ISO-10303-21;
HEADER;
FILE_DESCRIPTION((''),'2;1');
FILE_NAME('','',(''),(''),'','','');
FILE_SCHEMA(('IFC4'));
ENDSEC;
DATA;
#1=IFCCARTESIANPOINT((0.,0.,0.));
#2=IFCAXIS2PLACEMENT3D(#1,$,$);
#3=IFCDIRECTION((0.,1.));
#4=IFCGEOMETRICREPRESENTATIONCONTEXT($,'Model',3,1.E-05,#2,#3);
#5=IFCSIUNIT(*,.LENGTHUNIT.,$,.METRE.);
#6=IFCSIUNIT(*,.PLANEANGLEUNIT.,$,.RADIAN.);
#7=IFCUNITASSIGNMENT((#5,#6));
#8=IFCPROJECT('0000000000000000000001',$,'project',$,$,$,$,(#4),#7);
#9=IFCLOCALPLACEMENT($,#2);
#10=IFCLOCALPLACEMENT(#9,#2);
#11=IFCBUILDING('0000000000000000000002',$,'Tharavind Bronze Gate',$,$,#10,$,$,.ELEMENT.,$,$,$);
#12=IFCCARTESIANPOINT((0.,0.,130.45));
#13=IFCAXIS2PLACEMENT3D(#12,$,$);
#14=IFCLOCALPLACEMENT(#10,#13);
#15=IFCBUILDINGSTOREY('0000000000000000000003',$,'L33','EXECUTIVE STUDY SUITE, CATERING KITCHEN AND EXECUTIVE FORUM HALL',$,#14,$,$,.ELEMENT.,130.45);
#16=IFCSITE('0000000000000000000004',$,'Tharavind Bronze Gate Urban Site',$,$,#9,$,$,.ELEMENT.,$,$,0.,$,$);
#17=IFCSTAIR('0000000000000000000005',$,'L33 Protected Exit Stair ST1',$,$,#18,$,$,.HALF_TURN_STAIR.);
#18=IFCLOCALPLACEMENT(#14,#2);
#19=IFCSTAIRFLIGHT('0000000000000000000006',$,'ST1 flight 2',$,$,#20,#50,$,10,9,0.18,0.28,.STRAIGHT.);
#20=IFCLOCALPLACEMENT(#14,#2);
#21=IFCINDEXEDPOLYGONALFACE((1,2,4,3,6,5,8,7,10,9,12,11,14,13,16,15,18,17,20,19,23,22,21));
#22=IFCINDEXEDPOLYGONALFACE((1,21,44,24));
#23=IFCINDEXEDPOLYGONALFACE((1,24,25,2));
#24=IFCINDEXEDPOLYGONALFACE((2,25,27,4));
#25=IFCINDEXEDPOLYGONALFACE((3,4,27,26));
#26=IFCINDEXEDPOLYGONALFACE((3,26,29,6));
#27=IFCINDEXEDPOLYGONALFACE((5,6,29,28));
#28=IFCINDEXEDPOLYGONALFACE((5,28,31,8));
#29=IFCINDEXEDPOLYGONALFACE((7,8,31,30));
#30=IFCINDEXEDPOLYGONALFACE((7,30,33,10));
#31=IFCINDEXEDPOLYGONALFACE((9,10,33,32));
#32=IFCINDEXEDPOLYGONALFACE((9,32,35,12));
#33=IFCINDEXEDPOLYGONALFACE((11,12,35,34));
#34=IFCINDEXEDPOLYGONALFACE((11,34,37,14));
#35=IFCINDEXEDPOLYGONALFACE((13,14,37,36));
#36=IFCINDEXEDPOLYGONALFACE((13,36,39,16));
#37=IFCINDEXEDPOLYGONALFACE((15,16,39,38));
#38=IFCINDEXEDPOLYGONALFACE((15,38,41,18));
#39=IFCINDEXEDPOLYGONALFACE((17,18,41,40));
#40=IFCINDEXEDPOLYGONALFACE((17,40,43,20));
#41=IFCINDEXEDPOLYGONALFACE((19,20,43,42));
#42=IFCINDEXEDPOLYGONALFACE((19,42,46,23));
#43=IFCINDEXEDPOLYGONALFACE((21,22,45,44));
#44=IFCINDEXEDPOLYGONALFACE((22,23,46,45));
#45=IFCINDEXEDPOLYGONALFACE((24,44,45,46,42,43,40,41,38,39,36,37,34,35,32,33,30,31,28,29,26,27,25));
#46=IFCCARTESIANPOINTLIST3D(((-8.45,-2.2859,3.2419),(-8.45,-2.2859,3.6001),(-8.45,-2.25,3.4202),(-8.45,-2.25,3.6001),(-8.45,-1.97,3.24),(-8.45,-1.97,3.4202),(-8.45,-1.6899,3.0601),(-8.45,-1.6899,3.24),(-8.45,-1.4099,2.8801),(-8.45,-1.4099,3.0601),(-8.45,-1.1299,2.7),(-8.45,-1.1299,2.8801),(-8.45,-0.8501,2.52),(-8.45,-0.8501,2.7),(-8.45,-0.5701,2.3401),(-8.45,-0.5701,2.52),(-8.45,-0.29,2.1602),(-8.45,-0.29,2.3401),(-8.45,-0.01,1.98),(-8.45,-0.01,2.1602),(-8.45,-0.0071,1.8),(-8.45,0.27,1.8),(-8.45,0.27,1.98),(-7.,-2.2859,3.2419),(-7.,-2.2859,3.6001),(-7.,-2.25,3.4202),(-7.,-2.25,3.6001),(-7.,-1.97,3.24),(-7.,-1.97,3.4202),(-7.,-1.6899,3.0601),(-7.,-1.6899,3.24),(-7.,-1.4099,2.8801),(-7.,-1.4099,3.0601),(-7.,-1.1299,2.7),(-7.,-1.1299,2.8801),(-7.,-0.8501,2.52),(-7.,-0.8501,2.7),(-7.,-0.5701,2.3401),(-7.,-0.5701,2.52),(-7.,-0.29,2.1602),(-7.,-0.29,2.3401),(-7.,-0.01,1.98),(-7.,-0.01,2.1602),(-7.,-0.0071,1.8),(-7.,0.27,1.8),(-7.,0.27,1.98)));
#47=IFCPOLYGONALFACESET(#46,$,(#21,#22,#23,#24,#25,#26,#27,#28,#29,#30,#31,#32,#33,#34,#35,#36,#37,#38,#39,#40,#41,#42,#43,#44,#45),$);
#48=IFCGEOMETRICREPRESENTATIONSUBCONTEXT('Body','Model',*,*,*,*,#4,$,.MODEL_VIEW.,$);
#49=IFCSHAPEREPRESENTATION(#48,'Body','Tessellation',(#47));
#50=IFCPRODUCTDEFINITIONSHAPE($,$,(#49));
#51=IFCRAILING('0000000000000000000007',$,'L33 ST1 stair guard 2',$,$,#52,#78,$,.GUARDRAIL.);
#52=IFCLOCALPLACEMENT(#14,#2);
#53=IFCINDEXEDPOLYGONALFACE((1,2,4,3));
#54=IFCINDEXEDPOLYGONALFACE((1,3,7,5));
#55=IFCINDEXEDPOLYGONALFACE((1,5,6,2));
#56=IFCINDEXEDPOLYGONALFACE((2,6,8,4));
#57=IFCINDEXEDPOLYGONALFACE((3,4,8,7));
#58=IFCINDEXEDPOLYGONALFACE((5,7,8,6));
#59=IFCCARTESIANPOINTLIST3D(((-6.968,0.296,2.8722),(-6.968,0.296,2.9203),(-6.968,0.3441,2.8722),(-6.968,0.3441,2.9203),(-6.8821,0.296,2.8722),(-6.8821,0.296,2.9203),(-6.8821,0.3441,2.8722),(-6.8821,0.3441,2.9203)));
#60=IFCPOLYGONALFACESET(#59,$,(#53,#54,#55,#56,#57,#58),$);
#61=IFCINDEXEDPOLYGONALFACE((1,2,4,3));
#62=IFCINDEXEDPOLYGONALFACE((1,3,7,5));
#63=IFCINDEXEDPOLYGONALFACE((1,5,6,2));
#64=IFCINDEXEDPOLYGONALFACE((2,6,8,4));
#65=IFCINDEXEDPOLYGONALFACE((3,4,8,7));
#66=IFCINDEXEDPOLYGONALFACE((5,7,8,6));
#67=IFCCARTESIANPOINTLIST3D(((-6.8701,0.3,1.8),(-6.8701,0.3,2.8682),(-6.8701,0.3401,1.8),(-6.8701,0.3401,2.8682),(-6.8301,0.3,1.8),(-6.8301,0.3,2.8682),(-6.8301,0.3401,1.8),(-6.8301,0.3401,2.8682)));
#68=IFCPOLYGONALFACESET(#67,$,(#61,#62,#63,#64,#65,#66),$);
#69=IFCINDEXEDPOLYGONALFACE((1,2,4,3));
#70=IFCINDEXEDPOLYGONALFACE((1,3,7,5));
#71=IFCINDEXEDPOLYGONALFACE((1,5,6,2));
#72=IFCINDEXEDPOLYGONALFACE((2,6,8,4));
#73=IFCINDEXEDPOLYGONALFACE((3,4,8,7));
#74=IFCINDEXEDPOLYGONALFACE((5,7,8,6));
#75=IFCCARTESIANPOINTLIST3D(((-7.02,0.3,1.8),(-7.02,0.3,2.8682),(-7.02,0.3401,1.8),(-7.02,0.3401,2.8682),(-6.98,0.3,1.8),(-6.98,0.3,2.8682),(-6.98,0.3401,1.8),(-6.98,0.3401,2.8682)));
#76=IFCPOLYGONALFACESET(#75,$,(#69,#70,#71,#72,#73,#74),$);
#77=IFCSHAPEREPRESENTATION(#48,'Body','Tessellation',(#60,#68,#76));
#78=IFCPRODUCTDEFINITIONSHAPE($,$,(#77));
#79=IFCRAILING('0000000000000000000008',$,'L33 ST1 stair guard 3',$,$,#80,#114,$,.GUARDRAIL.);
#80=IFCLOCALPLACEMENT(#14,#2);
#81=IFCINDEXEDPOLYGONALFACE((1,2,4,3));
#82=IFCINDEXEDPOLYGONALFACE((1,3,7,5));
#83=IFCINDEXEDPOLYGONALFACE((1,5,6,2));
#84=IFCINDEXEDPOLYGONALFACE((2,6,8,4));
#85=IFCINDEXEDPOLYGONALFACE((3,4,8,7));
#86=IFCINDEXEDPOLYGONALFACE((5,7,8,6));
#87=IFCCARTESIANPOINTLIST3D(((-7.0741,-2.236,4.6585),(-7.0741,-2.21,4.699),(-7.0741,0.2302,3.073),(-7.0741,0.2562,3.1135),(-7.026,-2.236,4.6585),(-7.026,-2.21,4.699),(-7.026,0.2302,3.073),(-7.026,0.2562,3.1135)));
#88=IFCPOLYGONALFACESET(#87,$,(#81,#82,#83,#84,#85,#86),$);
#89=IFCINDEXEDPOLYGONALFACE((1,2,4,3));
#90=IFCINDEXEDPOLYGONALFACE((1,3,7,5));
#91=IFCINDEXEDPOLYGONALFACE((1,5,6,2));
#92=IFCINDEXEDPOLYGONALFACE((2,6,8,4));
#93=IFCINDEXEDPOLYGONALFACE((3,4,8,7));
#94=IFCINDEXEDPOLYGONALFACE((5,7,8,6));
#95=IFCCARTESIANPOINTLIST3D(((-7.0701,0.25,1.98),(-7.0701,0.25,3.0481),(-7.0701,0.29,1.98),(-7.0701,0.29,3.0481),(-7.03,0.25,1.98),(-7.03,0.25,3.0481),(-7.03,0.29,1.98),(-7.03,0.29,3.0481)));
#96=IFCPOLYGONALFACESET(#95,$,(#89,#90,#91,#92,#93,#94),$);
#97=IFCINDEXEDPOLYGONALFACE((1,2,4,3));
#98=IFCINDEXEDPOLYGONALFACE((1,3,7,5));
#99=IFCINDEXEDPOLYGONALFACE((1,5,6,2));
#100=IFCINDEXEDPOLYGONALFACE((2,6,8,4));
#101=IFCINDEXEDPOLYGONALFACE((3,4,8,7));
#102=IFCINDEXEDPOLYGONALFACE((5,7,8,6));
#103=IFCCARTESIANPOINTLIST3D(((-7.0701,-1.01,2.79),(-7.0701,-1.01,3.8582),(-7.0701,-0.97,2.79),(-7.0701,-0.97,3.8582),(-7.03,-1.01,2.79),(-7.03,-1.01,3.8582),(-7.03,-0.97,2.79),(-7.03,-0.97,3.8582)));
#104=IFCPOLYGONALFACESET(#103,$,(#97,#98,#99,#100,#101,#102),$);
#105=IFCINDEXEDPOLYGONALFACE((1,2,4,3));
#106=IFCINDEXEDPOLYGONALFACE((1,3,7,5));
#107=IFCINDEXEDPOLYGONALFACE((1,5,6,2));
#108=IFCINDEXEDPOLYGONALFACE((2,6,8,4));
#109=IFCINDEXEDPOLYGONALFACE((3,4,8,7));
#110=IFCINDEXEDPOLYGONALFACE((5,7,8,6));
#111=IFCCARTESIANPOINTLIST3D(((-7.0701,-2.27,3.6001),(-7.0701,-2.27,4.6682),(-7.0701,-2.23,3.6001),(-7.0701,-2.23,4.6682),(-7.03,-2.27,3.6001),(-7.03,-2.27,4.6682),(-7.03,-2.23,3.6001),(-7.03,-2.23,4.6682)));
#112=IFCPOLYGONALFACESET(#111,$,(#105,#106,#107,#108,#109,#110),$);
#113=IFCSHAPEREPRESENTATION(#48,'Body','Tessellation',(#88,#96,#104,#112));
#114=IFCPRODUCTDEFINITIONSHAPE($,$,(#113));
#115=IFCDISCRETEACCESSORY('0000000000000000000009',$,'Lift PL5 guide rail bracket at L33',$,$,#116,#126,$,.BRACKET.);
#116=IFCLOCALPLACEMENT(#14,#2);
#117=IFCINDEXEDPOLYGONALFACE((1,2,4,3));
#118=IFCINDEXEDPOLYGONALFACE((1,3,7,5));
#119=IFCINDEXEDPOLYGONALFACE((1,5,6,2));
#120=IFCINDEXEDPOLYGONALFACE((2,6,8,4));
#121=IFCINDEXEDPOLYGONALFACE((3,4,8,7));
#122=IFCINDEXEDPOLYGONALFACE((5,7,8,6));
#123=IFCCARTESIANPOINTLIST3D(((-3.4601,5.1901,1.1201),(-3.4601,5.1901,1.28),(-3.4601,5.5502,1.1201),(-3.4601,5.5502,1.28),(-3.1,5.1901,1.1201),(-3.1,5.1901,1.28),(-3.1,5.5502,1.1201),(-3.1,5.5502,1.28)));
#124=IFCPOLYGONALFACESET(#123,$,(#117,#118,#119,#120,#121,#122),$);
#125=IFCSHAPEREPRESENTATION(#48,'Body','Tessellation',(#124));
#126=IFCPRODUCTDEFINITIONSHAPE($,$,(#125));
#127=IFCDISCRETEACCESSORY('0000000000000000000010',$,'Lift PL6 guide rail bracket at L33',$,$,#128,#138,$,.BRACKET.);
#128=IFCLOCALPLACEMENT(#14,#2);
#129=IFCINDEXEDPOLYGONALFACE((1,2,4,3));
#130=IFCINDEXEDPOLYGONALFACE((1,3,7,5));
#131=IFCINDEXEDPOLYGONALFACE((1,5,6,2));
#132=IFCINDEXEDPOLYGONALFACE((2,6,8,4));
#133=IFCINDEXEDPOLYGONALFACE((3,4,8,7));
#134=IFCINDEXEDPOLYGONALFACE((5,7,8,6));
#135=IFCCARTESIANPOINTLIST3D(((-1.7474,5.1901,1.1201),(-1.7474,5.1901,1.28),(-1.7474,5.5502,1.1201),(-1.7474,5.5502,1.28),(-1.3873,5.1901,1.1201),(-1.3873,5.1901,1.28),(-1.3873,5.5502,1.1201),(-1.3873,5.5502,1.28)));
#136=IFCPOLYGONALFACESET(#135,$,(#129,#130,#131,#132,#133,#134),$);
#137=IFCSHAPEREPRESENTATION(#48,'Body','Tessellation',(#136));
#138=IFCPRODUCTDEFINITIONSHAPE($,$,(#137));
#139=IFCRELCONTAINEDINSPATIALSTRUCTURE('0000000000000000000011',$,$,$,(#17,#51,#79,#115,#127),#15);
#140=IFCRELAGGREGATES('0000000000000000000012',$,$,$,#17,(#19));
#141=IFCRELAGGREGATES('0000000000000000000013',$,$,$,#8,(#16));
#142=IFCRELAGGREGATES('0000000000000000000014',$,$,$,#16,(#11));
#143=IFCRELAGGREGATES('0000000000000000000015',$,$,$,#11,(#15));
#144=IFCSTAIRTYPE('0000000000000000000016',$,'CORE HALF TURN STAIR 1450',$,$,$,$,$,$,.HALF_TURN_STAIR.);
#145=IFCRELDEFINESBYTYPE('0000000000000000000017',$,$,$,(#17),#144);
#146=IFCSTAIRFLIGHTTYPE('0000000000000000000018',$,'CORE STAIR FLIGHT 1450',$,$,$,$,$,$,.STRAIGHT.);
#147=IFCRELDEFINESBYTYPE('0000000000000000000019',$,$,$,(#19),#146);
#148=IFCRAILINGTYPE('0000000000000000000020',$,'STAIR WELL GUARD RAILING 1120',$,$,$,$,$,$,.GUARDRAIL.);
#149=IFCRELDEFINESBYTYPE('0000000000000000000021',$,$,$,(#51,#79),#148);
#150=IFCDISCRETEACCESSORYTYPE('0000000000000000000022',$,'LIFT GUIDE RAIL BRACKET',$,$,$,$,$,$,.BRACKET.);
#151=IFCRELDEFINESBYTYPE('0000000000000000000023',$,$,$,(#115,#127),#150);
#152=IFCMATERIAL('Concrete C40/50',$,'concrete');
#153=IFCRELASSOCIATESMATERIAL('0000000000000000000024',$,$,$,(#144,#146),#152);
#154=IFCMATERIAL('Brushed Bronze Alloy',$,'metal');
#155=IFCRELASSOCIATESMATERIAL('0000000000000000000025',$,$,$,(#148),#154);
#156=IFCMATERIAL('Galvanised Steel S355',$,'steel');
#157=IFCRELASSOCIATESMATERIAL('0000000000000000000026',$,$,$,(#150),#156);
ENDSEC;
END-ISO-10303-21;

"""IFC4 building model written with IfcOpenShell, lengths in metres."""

from ifc_helpers import new_model, si_unit, direction, frame, origin, origin_2d, place, context, subcontext, project, spatial, polyline, rectangle, outline, extrude, material, type_object, element, aggregate, save


model = new_model("IFC4")

# Units and contexts
model_context = context("Model", 3, precision=1e-05, world=origin(), true_north=direction((0.0, 1.0)))
body_context = subcontext(model_context, "Body", "Model", "MODEL_VIEW")
ifc_project = project(units=[si_unit("LENGTHUNIT", "METRE"), si_unit("PLANEANGLEUNIT", "RADIAN")], contexts=[model_context])

# Site, building, storey
site_placement = place(None, origin())
site = spatial("IfcSite", under=ifc_project, at=site_placement, Name="Tharavind Bronze Gate Urban Site", CompositionType="ELEMENT", RefElevation=0.0)
building_placement = place(site_placement, origin())
building = spatial("IfcBuilding", under=site, at=building_placement, Name="Tharavind Bronze Gate", CompositionType="ELEMENT")
storey_placement = place(building_placement, frame((0.0, 0.0, 130.45)))
storey = spatial("IfcBuildingStorey", under=building, at=storey_placement, Name="L33", Description="EXECUTIVE STUDY SUITE, CATERING KITCHEN AND EXECUTIVE FORUM HALL", CompositionType="ELEMENT", Elevation=130.45)

# Shared definitions
ifc_material_1 = material(Name="Concrete C40/50", Category="concrete")

# Stair, stair flight
stair_type = type_object("IfcStairType", Name="CORE HALF TURN STAIR 1450", PredefinedType="HALF_TURN_STAIR", material=ifc_material_1)
stair_placement = place(storey_placement, origin())
stair = element("IfcStair", 1, at=stair_placement, inside=storey, type_object=stair_type, Name="L33 Protected Exit Stair ST1", PredefinedType="HALF_TURN_STAIR")
stair_flight_type = type_object("IfcStairFlightType", Name="CORE STAIR FLIGHT 1450", PredefinedType="STRAIGHT", material=ifc_material_1)
stair_flight_placement = place(storey_placement, frame((-7.7251, 0.27, 1.8), z_axis=(0.0, 0.0, 1.0), x_axis=(0.0, -1.0, 0.0)))
stair_flight = element("IfcStairFlight", 2, at=stair_flight_placement, type_object=stair_flight_type, Name="ST1 flight 2", NumberOfRisers=10, NumberOfTreads=9, PredefinedType="STRAIGHT", RiserHeight=0.18, TreadLength=0.28, context=body_context, shape_type="SweptSolid", body=[
    extrude(outline(polyline([(0.0, 0.0), (0.0, 0.1799), (0.28, 0.1799), (0.28, 0.3601), (0.5601, 0.3601), (0.5601, 0.54), (0.8401, 0.54), (0.8401, 0.72), (1.1201, 0.72), (1.1201, 0.8999), (1.3999, 0.8999), (1.3999, 1.0801), (1.6799, 1.0801), (1.6799, 1.26), (1.96, 1.26), (1.96, 1.4399), (2.24, 1.4399), (2.24, 1.6201), (2.52, 1.6201), (2.52, 1.8), (2.5559, 1.8), (2.5559, 1.4419), (0.2771, 0.0), (0.0, 0.0)])), frame((0.0, 0.7251, 0.0), z_axis=(0.0, -1.0, 0.0), x_axis=(1.0, 0.0, 0.0)), (0.0, 0.0, 1.0), 1.45),
])
aggregate(stair, [stair_flight])

# Railings
ifc_material_2 = material(Name="Brushed Bronze Alloy", Category="metal")
railing_type = type_object("IfcRailingType", Name="STAIR WELL GUARD RAILING 1120", PredefinedType="GUARDRAIL", material=ifc_material_2)
railing_1_placement = place(storey_placement, frame((-6.8501, 0.3201, 1.8)))
element("IfcRailing", 3, at=railing_1_placement, inside=storey, type_object=railing_type, Name="L33 ST1 stair guard 2", PredefinedType="GUARDRAIL", context=body_context, shape_type="SweptSolid", body=[
    extrude(rectangle(XDim=0.0481, YDim=0.0481, at=origin_2d()), frame((-0.032, 0.0, 1.0962), z_axis=(-1.0, 0.0, 0.0), x_axis=(0.0, -1.0, 0.0)), (0.0, 0.0, 1.0), 0.0859),
    extrude(rectangle(XDim=0.04, YDim=0.04, at=origin_2d()), origin(), (0.0, 0.0, 1.0), 1.0681),
    extrude(rectangle(XDim=0.04, YDim=0.04, at=origin_2d()), frame((-0.1499, 0.0, 0.0)), (0.0, 0.0, 1.0), 1.0681),
])
railing_2_placement = place(storey_placement, frame((-7.05, 0.27, 1.98)))
element("IfcRailing", 4, at=railing_2_placement, inside=storey, type_object=railing_type, Name="L33 ST1 stair guard 3", PredefinedType="GUARDRAIL", context=body_context, shape_type="SweptSolid", body=[
    extrude(rectangle(XDim=0.0481, YDim=0.0481, at=origin_2d()), frame((0.0, -0.0269, 1.1133), z_axis=(0.0, -0.841163, 0.540782), x_axis=(1.0, 0.0, 0.0)), (0.0, 0.0, 1.0), 2.9319),
    extrude(rectangle(XDim=0.04, YDim=0.04, at=origin_2d()), origin(), (0.0, 0.0, 1.0), 1.0681),
    extrude(rectangle(XDim=0.04, YDim=0.04, at=origin_2d()), frame((0.0, -1.26, 0.8101)), (0.0, 0.0, 1.0), 1.0681),
    extrude(rectangle(XDim=0.04, YDim=0.04, at=origin_2d()), frame((0.0, -2.52, 1.6201)), (0.0, 0.0, 1.0), 1.0681),
])

# Discrete accessories
ifc_material_3 = material(Name="Galvanised Steel S355", Category="steel")
discrete_accessory_type = type_object("IfcDiscreteAccessoryType", Name="LIFT GUIDE RAIL BRACKET", PredefinedType="BRACKET", material=ifc_material_3)
for number, where, z_axis, x_axis, name in (
    (5, (-3.28, 5.3701, 1.1201), (0.0, 0.0, 1.0), (1.0, 0.0, 0.0), "Lift PL5 guide rail bracket at L33"),
    (6, (-1.5674, 5.3701, 1.1201), (0.0, 0.0, 1.0), (1.0, 0.0, 0.0), "Lift PL6 guide rail bracket at L33"),
):
    element("IfcDiscreteAccessory", number, at=place(storey_placement, frame(where, z_axis=z_axis, x_axis=x_axis)), inside=storey, type_object=discrete_accessory_type, Name=name, PredefinedType="BRACKET", context=body_context, shape_type="SweptSolid", body=[
        extrude(rectangle(XDim=0.3601, YDim=0.3601, at=origin_2d()), origin(), (0.0, 0.0, 1.0), 0.1599),
    ])

save(model, "model.ifc")
